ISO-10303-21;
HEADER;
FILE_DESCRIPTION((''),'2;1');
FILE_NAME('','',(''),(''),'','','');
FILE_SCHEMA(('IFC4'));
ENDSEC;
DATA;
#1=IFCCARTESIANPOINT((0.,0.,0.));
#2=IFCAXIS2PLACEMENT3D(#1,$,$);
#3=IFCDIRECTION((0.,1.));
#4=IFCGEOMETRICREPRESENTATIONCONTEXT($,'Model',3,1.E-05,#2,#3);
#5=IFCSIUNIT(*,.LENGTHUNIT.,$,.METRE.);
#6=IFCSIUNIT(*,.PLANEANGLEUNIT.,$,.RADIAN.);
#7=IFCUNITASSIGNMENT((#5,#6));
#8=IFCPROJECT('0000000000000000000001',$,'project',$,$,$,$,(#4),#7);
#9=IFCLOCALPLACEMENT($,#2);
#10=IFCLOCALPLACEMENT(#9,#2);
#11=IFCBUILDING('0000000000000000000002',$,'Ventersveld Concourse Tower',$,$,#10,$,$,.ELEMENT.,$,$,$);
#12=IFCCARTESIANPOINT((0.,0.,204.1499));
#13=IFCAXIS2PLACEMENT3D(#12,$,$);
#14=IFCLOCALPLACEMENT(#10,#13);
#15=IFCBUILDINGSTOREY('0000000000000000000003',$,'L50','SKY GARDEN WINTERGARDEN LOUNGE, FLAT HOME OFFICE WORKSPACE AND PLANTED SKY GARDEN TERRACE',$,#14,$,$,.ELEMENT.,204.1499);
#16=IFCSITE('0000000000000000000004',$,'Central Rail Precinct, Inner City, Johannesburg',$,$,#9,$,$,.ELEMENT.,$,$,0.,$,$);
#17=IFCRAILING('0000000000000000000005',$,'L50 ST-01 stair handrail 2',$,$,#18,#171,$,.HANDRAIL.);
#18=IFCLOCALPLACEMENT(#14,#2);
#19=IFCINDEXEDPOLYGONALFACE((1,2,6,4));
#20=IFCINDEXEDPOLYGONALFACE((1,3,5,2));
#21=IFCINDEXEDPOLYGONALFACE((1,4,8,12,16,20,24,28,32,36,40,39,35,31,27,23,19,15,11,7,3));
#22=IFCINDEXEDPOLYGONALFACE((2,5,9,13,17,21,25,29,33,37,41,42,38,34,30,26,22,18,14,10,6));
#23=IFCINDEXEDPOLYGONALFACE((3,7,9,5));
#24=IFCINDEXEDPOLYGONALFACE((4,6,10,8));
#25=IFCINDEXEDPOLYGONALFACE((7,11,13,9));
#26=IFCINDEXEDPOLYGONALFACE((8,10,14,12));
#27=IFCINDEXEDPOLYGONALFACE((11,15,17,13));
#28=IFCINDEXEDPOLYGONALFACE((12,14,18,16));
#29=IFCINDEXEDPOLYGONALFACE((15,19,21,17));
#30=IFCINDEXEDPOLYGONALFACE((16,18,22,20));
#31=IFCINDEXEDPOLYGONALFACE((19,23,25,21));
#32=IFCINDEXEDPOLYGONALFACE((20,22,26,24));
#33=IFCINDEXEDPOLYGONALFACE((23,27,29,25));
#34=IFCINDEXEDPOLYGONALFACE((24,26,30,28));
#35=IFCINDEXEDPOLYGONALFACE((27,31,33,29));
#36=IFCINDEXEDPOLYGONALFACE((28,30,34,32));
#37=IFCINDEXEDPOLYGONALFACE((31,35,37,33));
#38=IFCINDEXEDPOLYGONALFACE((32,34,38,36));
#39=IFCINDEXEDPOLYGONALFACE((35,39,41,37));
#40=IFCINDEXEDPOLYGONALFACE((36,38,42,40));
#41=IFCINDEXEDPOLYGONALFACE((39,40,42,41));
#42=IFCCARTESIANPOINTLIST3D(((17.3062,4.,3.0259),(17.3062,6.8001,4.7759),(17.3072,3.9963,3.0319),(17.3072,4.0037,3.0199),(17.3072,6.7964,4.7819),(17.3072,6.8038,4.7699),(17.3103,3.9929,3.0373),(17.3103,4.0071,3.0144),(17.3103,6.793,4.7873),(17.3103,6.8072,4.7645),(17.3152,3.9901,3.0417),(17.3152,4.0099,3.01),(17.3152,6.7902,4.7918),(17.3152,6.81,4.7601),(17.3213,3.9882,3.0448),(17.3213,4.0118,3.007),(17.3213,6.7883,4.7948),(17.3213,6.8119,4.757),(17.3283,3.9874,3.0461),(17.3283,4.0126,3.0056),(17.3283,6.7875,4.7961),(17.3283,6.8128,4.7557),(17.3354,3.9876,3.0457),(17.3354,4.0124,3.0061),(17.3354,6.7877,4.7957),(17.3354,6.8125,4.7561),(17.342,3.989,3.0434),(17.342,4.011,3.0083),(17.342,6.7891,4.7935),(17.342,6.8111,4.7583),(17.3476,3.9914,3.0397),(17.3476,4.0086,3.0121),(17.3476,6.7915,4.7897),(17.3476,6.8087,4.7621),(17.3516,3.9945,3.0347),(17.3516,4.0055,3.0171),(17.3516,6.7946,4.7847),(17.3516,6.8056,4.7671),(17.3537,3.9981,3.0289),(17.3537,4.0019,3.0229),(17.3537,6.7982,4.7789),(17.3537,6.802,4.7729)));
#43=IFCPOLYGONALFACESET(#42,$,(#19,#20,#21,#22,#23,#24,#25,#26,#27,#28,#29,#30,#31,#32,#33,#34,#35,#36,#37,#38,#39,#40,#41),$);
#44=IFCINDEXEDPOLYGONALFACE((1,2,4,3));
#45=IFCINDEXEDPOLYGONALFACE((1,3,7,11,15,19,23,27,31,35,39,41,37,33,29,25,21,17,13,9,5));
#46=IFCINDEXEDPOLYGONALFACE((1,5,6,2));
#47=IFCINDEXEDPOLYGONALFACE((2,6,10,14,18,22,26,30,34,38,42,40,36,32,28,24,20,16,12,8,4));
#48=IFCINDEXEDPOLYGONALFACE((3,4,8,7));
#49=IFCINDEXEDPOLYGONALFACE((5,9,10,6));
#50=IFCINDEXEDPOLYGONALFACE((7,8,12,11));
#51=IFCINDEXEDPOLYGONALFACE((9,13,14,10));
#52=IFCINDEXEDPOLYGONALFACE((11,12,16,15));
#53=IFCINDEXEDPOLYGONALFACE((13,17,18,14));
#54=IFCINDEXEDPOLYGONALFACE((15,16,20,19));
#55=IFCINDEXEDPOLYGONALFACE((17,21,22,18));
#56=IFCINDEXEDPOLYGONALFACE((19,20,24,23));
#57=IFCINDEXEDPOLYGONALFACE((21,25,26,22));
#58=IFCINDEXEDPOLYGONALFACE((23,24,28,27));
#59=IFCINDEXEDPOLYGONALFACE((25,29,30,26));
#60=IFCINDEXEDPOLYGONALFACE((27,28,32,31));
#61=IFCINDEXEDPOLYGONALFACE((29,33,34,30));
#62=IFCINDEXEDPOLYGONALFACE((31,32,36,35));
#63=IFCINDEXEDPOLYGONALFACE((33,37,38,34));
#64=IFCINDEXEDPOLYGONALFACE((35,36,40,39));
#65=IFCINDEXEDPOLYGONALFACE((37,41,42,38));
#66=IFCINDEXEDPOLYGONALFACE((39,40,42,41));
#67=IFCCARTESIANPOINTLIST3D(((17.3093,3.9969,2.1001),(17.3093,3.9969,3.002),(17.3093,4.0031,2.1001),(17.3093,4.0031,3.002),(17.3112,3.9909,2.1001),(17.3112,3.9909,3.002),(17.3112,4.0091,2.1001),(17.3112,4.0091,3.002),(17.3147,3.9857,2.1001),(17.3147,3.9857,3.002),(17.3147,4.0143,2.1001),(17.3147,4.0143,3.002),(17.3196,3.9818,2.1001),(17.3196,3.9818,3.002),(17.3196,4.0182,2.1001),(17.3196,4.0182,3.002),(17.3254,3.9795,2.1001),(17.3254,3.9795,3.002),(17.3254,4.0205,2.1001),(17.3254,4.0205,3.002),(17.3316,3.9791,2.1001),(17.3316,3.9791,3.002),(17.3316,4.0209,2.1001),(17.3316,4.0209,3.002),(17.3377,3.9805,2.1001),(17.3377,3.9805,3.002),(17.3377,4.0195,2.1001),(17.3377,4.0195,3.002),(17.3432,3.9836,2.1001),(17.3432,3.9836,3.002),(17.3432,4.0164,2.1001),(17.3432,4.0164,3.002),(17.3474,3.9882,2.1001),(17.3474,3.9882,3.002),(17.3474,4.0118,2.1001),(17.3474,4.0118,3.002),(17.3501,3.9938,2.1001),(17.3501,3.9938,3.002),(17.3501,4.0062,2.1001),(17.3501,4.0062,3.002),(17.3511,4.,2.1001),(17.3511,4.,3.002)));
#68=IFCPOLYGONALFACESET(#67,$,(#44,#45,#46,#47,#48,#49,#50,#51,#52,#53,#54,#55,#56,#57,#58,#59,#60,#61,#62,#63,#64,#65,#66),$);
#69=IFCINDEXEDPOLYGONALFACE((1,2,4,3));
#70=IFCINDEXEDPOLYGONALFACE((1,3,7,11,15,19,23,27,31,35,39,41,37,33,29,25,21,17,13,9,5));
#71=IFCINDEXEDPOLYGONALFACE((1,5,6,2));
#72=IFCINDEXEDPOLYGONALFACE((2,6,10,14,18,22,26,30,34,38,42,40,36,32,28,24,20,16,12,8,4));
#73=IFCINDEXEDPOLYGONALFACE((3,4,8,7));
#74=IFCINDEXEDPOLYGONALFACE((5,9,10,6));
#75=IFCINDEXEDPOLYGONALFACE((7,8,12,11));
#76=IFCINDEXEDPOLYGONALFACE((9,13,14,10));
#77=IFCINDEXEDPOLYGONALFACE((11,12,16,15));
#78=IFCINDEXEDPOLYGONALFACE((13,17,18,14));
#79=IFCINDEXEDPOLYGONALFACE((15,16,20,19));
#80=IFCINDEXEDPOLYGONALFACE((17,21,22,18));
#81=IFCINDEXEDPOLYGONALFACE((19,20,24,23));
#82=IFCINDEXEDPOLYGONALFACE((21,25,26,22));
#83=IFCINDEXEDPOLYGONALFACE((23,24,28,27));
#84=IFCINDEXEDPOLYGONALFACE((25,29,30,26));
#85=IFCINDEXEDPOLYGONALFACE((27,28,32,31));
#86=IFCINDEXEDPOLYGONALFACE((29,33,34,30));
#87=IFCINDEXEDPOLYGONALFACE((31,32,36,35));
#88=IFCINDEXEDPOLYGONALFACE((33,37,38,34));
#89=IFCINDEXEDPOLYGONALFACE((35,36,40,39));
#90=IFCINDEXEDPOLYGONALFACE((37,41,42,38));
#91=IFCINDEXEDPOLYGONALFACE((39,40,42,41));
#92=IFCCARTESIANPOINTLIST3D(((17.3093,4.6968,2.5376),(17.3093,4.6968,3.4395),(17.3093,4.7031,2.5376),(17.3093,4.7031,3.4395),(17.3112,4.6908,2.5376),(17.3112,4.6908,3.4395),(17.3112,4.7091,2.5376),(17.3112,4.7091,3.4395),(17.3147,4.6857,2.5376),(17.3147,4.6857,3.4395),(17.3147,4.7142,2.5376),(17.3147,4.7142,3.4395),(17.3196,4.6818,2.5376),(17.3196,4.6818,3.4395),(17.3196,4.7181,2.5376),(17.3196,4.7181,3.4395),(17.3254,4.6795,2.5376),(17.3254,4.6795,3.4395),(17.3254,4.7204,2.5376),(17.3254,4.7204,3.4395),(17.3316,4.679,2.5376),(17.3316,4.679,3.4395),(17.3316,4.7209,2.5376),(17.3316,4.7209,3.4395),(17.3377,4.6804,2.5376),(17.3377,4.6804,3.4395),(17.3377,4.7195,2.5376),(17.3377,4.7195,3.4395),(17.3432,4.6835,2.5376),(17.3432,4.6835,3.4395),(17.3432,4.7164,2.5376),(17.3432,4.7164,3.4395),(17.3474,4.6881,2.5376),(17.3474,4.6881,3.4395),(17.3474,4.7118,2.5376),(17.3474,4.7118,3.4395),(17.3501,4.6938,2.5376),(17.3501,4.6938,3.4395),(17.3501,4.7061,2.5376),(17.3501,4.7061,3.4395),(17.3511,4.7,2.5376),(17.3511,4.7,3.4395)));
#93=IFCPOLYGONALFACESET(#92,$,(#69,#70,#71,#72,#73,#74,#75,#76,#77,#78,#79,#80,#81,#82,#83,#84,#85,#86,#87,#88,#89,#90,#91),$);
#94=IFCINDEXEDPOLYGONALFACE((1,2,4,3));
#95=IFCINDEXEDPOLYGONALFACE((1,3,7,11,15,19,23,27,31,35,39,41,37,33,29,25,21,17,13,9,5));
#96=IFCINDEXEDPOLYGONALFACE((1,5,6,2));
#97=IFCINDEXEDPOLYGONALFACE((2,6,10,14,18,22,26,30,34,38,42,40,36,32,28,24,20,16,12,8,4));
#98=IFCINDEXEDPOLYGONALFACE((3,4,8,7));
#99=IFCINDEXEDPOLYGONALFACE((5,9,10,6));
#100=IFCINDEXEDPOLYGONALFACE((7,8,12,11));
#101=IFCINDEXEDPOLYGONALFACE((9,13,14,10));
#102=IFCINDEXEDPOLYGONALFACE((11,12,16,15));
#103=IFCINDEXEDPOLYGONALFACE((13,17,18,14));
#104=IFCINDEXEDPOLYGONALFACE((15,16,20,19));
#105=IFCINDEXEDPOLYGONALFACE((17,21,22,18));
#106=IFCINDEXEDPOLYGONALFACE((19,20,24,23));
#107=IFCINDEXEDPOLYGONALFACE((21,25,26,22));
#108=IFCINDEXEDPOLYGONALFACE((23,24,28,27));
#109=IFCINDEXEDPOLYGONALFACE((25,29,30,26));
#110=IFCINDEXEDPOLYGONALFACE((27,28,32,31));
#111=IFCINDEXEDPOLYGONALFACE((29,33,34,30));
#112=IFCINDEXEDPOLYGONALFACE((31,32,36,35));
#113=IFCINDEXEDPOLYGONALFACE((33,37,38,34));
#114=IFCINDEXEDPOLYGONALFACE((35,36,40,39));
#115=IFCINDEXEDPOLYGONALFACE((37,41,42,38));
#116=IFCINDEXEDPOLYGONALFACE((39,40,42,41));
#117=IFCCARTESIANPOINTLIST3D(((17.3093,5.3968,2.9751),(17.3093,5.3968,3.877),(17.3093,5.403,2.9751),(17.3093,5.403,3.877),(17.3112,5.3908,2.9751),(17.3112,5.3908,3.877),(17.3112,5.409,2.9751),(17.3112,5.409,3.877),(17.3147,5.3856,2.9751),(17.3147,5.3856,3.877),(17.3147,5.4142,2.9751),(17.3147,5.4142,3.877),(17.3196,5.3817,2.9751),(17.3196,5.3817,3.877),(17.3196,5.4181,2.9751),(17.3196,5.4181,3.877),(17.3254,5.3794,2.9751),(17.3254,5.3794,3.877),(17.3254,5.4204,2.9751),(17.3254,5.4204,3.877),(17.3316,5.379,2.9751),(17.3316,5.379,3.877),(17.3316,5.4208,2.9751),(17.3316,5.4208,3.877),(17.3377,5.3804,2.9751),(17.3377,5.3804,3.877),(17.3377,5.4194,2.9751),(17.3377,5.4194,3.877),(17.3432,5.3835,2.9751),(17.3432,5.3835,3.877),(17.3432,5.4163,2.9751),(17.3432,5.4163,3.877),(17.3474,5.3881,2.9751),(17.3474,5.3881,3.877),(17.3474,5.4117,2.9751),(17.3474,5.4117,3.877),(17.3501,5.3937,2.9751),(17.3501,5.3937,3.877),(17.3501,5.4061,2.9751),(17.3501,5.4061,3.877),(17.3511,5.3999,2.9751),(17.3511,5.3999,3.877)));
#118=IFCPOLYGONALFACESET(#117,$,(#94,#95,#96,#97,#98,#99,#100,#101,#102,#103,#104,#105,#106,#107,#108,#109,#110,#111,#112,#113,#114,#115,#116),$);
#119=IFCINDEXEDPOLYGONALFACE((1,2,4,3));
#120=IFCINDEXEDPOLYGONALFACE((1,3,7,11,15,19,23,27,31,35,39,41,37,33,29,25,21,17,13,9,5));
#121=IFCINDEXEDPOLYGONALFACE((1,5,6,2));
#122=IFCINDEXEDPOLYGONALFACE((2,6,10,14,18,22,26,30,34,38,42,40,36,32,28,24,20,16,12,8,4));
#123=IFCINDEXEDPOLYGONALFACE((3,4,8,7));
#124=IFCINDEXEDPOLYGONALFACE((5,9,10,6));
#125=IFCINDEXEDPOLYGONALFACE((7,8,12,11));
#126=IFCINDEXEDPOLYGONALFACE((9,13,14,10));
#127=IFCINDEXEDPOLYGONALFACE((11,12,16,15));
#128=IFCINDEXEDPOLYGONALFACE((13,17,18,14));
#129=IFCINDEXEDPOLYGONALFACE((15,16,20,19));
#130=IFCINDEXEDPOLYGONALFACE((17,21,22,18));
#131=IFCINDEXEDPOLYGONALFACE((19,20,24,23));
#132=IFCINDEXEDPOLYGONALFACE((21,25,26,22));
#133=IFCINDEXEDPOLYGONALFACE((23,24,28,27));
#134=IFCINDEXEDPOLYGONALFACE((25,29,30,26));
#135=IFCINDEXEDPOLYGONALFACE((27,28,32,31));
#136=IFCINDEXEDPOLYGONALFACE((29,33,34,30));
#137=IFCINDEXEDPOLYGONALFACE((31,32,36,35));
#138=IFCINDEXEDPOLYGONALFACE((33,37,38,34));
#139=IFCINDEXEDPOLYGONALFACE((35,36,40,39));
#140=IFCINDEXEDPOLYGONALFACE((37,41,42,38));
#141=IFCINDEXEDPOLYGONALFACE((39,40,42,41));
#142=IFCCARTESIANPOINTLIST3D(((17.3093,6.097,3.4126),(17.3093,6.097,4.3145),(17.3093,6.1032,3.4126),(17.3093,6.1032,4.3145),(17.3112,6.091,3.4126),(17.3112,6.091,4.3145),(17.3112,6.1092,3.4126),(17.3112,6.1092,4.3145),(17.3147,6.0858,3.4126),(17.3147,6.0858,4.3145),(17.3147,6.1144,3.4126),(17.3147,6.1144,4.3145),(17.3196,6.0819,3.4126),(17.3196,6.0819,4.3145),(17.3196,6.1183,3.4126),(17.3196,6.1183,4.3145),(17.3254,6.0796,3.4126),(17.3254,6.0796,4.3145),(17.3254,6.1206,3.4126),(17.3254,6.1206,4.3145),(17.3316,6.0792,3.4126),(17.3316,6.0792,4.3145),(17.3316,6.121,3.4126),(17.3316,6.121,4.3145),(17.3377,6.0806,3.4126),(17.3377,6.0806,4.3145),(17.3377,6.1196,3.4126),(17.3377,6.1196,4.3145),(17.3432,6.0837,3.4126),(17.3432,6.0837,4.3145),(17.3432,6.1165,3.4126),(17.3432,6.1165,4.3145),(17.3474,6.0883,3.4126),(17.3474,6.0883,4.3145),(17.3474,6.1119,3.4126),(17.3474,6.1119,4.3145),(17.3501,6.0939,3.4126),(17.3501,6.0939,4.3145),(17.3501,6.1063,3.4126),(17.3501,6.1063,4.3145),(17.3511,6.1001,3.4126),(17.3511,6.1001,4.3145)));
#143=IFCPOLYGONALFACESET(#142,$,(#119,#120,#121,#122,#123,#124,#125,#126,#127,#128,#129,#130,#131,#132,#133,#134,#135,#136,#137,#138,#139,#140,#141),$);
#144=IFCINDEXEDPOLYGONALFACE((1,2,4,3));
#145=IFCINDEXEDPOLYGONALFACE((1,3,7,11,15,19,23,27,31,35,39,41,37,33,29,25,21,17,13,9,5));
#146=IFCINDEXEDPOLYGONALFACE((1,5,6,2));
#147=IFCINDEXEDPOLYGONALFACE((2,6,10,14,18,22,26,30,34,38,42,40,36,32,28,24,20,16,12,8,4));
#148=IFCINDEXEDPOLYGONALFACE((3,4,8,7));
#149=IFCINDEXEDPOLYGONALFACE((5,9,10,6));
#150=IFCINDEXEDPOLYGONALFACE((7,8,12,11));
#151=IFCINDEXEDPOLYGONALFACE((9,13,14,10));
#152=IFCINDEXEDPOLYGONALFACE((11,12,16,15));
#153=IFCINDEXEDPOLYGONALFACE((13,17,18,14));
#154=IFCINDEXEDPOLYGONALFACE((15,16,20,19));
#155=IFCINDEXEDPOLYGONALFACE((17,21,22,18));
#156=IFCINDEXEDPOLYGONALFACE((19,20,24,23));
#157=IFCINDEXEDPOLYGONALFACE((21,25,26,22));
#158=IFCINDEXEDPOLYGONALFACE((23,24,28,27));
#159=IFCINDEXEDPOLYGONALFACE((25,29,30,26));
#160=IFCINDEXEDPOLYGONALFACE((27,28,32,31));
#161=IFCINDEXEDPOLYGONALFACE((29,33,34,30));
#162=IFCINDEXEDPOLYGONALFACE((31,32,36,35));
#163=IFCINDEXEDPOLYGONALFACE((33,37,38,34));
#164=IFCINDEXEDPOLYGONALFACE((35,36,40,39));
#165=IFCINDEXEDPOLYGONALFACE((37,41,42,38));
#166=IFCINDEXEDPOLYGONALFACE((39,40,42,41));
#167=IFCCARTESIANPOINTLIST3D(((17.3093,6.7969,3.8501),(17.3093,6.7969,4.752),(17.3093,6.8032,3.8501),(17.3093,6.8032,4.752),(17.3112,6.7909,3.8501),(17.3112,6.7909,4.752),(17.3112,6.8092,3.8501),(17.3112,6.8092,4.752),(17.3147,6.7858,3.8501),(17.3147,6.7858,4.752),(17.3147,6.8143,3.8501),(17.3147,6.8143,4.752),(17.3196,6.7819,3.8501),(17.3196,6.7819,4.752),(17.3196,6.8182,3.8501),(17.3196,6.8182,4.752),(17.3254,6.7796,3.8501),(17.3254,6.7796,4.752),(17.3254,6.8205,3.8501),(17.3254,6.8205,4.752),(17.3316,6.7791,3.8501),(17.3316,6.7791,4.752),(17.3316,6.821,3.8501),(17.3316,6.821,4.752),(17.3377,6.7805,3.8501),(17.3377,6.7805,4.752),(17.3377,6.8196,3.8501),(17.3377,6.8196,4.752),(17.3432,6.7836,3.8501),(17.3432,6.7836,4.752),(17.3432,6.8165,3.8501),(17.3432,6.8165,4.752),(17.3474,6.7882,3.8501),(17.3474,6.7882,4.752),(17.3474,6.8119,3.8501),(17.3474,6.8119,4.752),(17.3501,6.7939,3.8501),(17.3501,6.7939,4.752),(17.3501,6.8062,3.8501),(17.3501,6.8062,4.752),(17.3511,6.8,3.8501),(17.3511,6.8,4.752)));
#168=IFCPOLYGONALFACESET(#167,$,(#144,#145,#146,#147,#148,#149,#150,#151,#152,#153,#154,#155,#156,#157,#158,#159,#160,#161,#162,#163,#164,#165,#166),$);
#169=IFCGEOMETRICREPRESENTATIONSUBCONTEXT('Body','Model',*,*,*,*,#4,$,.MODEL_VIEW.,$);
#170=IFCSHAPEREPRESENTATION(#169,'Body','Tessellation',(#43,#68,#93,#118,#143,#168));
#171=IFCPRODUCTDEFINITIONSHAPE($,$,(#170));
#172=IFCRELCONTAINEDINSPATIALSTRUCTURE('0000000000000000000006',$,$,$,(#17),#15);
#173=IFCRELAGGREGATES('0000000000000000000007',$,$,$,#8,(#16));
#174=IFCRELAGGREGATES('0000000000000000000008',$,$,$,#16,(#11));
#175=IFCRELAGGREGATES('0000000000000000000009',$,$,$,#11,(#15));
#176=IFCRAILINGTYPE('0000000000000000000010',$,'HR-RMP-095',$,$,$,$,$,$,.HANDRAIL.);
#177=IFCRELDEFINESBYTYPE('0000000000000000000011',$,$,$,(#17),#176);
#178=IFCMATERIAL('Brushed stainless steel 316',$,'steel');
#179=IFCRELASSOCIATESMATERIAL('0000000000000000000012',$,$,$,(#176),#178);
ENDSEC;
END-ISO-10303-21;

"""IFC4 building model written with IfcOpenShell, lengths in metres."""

from ifc_helpers import new_model, si_unit, direction, frame, origin, origin_2d, place, context, subcontext, project, spatial, circle, extrude, material, type_object, element, save


model = new_model("IFC4")

# Units and contexts
model_context = context("Model", 3, precision=1e-05, world=origin(), true_north=direction((0.0, 1.0)))
body_context = subcontext(model_context, "Body", "Model", "MODEL_VIEW")
ifc_project = project(units=[si_unit("LENGTHUNIT", "METRE"), si_unit("PLANEANGLEUNIT", "RADIAN")], contexts=[model_context])

# Site, building, storey
site_placement = place(None, origin())
site = spatial("IfcSite", under=ifc_project, at=site_placement, Name="Central Rail Precinct, Inner City, Johannesburg", CompositionType="ELEMENT", RefElevation=0.0)
building_placement = place(site_placement, origin())
building = spatial("IfcBuilding", under=site, at=building_placement, Name="Ventersveld Concourse Tower", CompositionType="ELEMENT")
storey_placement = place(building_placement, frame((0.0, 0.0, 204.1499)))
storey = spatial("IfcBuildingStorey", under=building, at=storey_placement, Name="L50", Description="SKY GARDEN WINTERGARDEN LOUNGE, FLAT HOME OFFICE WORKSPACE AND PLANTED SKY GARDEN TERRACE", CompositionType="ELEMENT", Elevation=204.1499)

# Railing
ifc_material_1 = material(Name="Brushed stainless steel 316", Category="steel")
railing_type_1 = type_object("IfcRailingType", Name="HR-RMP-095", PredefinedType="HANDRAIL", material=ifc_material_1)
railing_1_placement = place(storey_placement, frame((17.3301, 4.0, 2.1001)))
element("IfcRailing", 1, at=railing_1_placement, inside=storey, type_object=railing_type_1, Name="L50 ST-01 stair handrail 2", PredefinedType="HANDRAIL", context=body_context, shape_type="SweptSolid", body=[
    extrude(circle(Radius=0.0239, at=origin_2d()), frame((0.0, 0.0, 0.9258), z_axis=(0.0, 0.848002, 0.529992), x_axis=(-1.0, 0.0, 0.0)), (0.0, 0.0, 1.0), 3.302),
    extrude(circle(Radius=0.021, at=origin_2d()), origin(), (0.0, 0.0, 1.0), 0.9019),
    extrude(circle(Radius=0.021, at=origin_2d()), frame((0.0, 0.7, 0.4375)), (0.0, 0.0, 1.0), 0.9019),
    extrude(circle(Radius=0.021, at=origin_2d()), frame((0.0, 1.3999, 0.875)), (0.0, 0.0, 1.0), 0.9019),
    extrude(circle(Radius=0.021, at=origin_2d()), frame((0.0, 2.1001, 1.3125)), (0.0, 0.0, 1.0), 0.9019),
    extrude(circle(Radius=0.021, at=origin_2d()), frame((0.0, 2.8, 1.75)), (0.0, 0.0, 1.0), 0.9019),
])

save(model, "model.ifc")
